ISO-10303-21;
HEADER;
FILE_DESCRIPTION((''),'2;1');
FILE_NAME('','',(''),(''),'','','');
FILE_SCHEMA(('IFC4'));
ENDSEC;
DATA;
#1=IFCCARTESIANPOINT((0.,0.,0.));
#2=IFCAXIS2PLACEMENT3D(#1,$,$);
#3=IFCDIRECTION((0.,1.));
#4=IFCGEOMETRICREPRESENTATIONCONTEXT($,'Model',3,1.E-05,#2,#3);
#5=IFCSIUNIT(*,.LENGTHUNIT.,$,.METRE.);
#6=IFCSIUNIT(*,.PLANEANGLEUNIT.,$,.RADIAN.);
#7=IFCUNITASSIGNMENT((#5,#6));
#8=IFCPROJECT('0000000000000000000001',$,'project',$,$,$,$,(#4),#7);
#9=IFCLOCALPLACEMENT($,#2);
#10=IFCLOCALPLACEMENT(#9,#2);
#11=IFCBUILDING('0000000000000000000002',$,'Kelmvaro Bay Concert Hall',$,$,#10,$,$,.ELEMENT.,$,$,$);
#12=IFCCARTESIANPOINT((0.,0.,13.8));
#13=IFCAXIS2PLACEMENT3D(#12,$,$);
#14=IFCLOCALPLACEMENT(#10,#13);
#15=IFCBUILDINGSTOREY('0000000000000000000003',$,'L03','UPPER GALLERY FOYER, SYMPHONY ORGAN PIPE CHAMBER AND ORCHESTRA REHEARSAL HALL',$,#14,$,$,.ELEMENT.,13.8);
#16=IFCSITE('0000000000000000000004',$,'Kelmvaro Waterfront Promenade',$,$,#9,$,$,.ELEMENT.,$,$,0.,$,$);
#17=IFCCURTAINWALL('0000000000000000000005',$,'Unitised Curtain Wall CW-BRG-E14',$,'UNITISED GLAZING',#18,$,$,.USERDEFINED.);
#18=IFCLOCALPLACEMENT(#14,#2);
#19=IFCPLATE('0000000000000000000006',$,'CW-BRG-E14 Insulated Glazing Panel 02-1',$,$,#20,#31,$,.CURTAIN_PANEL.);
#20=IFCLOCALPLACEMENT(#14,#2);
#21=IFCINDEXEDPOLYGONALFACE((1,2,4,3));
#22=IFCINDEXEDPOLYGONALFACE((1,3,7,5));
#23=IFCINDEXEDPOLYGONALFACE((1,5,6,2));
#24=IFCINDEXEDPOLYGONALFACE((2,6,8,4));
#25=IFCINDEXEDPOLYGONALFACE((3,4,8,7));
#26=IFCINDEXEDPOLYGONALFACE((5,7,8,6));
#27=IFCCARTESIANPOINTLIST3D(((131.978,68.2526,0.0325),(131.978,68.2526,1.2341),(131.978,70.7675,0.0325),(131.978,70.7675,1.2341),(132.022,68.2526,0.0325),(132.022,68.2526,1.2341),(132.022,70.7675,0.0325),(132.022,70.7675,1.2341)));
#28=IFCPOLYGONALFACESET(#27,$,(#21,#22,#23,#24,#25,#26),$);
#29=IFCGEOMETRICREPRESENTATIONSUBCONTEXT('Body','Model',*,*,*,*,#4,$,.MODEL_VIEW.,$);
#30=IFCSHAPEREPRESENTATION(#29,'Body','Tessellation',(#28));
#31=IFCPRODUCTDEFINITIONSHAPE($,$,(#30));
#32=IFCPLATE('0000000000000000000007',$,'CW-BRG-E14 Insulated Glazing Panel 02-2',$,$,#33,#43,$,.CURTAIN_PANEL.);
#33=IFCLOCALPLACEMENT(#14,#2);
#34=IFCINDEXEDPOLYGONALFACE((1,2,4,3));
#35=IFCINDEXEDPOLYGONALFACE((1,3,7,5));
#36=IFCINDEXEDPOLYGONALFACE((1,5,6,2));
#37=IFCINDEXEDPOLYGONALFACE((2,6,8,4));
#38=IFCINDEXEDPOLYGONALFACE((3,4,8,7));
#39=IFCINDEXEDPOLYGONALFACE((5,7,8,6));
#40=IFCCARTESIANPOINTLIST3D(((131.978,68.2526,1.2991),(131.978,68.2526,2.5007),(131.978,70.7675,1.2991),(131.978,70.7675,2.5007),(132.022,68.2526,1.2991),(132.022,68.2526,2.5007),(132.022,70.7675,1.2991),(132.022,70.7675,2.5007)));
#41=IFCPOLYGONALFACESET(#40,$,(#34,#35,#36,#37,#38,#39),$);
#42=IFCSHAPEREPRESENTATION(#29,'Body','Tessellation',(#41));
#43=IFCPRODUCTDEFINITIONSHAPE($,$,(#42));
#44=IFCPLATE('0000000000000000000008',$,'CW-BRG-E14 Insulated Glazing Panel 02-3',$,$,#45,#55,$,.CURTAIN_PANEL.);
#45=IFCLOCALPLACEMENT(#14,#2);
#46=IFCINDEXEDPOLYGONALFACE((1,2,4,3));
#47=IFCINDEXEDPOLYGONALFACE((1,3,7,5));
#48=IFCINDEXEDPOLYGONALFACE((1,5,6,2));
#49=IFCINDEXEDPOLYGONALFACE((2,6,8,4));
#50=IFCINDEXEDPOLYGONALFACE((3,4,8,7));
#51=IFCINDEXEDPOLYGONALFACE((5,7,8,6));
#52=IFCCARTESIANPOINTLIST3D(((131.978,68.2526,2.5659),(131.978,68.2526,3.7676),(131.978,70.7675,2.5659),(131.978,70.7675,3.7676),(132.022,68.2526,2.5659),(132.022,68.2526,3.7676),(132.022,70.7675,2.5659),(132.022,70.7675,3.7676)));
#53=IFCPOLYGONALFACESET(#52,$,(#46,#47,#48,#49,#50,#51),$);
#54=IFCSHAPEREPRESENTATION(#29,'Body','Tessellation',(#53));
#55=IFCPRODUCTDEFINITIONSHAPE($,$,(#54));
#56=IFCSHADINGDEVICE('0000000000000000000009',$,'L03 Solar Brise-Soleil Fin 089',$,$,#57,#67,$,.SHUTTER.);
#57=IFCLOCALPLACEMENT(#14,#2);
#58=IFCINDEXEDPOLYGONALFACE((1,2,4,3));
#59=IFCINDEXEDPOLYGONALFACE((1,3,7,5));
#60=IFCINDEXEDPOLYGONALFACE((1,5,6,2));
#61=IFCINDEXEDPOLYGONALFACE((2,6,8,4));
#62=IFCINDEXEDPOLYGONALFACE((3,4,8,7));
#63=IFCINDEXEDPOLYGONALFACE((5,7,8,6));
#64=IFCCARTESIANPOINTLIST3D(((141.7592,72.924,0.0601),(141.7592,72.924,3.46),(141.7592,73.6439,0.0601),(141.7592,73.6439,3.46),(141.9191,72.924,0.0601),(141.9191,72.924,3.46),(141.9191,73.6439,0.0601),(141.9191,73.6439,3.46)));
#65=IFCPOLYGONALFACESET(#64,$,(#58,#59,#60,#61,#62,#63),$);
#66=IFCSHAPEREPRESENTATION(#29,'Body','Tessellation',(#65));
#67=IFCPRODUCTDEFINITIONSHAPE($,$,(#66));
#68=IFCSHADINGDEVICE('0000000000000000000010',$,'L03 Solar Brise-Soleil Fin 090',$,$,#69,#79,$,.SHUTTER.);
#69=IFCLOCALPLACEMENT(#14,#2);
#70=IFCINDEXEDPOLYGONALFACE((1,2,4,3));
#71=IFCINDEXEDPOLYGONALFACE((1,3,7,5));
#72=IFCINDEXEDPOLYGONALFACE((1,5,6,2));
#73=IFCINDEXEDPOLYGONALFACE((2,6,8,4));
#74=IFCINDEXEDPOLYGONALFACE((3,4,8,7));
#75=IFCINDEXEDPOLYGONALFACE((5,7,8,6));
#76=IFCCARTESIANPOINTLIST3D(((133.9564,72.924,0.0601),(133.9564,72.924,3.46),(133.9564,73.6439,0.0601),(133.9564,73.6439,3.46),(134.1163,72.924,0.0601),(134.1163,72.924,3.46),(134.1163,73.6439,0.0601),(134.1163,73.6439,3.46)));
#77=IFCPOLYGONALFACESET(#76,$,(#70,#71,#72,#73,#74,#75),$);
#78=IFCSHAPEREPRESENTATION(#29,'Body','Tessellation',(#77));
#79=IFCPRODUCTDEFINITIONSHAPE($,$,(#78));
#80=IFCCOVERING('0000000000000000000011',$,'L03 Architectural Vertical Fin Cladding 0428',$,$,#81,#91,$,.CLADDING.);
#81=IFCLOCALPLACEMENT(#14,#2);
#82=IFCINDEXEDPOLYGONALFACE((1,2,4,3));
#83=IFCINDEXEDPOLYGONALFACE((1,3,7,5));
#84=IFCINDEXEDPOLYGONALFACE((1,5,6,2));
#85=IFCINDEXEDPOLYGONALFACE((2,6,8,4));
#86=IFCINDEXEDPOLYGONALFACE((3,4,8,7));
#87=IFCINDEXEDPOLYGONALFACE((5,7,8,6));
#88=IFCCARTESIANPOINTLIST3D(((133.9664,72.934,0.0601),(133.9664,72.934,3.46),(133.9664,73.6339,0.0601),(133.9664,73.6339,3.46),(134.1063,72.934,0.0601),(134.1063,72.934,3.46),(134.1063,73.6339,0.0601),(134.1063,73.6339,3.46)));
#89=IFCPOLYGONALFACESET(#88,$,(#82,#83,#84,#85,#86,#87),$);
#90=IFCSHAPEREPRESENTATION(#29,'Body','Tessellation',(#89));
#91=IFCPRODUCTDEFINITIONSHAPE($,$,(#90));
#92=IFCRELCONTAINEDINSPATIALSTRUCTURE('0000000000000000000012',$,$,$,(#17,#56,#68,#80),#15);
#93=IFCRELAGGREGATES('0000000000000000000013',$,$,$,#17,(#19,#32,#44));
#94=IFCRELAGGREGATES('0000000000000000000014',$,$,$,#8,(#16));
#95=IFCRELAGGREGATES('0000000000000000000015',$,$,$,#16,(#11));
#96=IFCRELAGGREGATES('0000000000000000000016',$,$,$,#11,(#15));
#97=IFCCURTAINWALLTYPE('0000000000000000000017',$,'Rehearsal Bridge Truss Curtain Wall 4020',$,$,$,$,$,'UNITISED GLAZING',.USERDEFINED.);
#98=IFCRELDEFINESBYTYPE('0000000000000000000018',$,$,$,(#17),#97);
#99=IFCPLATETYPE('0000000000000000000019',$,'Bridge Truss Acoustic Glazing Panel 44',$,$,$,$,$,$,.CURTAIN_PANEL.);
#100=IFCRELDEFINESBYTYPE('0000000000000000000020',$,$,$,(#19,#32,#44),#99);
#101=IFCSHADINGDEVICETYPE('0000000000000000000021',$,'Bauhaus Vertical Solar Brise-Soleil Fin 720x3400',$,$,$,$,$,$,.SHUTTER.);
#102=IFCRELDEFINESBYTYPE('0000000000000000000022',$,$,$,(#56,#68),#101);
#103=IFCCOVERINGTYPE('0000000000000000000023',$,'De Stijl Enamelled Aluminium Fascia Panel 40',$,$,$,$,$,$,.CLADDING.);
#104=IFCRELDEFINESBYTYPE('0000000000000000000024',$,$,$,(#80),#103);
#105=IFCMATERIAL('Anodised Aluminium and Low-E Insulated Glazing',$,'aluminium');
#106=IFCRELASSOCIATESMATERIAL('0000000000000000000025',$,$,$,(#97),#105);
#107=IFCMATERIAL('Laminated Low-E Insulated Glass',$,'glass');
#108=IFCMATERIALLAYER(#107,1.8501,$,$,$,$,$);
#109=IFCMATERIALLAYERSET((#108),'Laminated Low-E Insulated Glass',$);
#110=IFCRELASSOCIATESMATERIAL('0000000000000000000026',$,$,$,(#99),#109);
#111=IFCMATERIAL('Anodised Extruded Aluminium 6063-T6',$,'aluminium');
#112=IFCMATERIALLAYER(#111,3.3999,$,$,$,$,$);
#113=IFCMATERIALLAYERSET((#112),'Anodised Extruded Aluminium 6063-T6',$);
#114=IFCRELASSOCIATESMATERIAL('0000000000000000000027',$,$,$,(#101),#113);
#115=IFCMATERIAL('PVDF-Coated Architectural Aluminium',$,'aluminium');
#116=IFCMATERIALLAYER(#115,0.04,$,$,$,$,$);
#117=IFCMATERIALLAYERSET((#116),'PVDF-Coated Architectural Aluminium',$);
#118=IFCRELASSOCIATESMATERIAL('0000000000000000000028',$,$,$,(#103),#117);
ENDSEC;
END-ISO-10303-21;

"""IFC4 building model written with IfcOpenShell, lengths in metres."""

from ifc_helpers import new_model, si_unit, direction, frame, origin, origin_2d, place, context, subcontext, project, spatial, rectangle, extrude, material, layer, layer_set, type_object, element, aggregate, save


model = new_model("IFC4")

# Units and contexts
model_context = context("Model", 3, precision=1e-05, world=origin(), true_north=direction((0.0, 1.0)))
body_context = subcontext(model_context, "Body", "Model", "MODEL_VIEW")
ifc_project = project(units=[si_unit("LENGTHUNIT", "METRE"), si_unit("PLANEANGLEUNIT", "RADIAN")], contexts=[model_context])

# Site, building, storey
site_placement = place(None, origin())
site = spatial("IfcSite", under=ifc_project, at=site_placement, Name="Kelmvaro Waterfront Promenade", CompositionType="ELEMENT", RefElevation=0.0)
building_placement = place(site_placement, origin())
building = spatial("IfcBuilding", under=site, at=building_placement, Name="Kelmvaro Bay Concert Hall", CompositionType="ELEMENT")
storey_placement = place(building_placement, frame((0.0, 0.0, 13.8)))
storey = spatial("IfcBuildingStorey", under=building, at=storey_placement, Name="L03", Description="UPPER GALLERY FOYER, SYMPHONY ORGAN PIPE CHAMBER AND ORCHESTRA REHEARSAL HALL", CompositionType="ELEMENT", Elevation=13.8)

# Curtain wall
ifc_material_1 = material(Name="Anodised Aluminium and Low-E Insulated Glazing", Category="aluminium")
curtain_wall_type = type_object("IfcCurtainWallType", Name="Rehearsal Bridge Truss Curtain Wall 4020", ElementType="UNITISED GLAZING", PredefinedType="USERDEFINED", material=ifc_material_1)
curtain_wall_1_placement = place(storey_placement, origin())
curtain_wall_1 = element("IfcCurtainWall", 1, at=curtain_wall_1_placement, inside=storey, type_object=curtain_wall_type, Name="Unitised Curtain Wall CW-BRG-E14", ObjectType="UNITISED GLAZING", PredefinedType="USERDEFINED")

# Plates
ifc_material_2 = material(Name="Laminated Low-E Insulated Glass", Category="glass")
ifc_layer_1 = layer(ifc_material_2, 1.8501)
ifc_layer_set_1 = layer_set([ifc_layer_1], Name="Laminated Low-E Insulated Glass")
plate_type_1 = type_object("IfcPlateType", Name="Bridge Truss Acoustic Glazing Panel 44", PredefinedType="CURTAIN_PANEL", material=ifc_layer_set_1)
plate_1_placement = place(storey_placement, frame((132.0, 69.51, 0.0325), z_axis=(0.0, 0.0, 1.0), x_axis=(0.0, -1.0, 0.0)))
plate_1 = element("IfcPlate", 2, at=plate_1_placement, type_object=plate_type_1, Name="CW-BRG-E14 Insulated Glazing Panel 02-1", PredefinedType="CURTAIN_PANEL", context=body_context, shape_type="SweptSolid", body=[
    extrude(rectangle(XDim=2.5149, YDim=0.0439, at=origin_2d()), origin(), (0.0, 0.0, 1.0), 1.2017),
])
plate_2_placement = place(storey_placement, frame((132.0, 69.51, 1.2991), z_axis=(0.0, 0.0, 1.0), x_axis=(0.0, -1.0, 0.0)))
plate_2 = element("IfcPlate", 3, at=plate_2_placement, type_object=plate_type_1, Name="CW-BRG-E14 Insulated Glazing Panel 02-2", PredefinedType="CURTAIN_PANEL", context=body_context, shape_type="SweptSolid", body=[
    extrude(rectangle(XDim=2.5149, YDim=0.0439, at=origin_2d()), origin(), (0.0, 0.0, 1.0), 1.2017),
])
plate_3_placement = place(storey_placement, frame((132.0, 69.51, 2.5659), z_axis=(0.0, 0.0, 1.0), x_axis=(0.0, -1.0, 0.0)))
plate_3 = element("IfcPlate", 4, at=plate_3_placement, type_object=plate_type_1, Name="CW-BRG-E14 Insulated Glazing Panel 02-3", PredefinedType="CURTAIN_PANEL", context=body_context, shape_type="SweptSolid", body=[
    extrude(rectangle(XDim=2.5149, YDim=0.0439, at=origin_2d()), origin(), (0.0, 0.0, 1.0), 1.2017),
])
aggregate(curtain_wall_1, [plate_1, plate_2, plate_3])

# Shading devices
ifc_material_3 = material(Name="Anodised Extruded Aluminium 6063-T6", Category="aluminium")
ifc_layer_2 = layer(ifc_material_3, 3.3999)
ifc_layer_set_2 = layer_set([ifc_layer_2], Name="Anodised Extruded Aluminium 6063-T6")
shading_device_type = type_object("IfcShadingDeviceType", Name="Bauhaus Vertical Solar Brise-Soleil Fin 720x3400", PredefinedType="SHUTTER", material=ifc_layer_set_2)
for number, where, z_axis, x_axis, name in (
    (5, (141.8391, 73.2839, 0.0601), (0.0, 0.0, 1.0), (-1.0, 0.0, 0.0), "L03 Solar Brise-Soleil Fin 089"),
    (6, (134.0364, 73.2839, 0.0601), (0.0, 0.0, 1.0), (-1.0, 0.0, 0.0), "L03 Solar Brise-Soleil Fin 090"),
):
    element("IfcShadingDevice", number, at=place(storey_placement, frame(where, z_axis=z_axis, x_axis=x_axis)), inside=storey, type_object=shading_device_type, Name=name, PredefinedType="SHUTTER", context=body_context, shape_type="SweptSolid", body=[
        extrude(rectangle(XDim=0.1599, YDim=0.72, at=origin_2d()), origin(), (0.0, 0.0, 1.0), 3.3999),
    ])

# Covering
ifc_material_4 = material(Name="PVDF-Coated Architectural Aluminium", Category="aluminium")
ifc_layer_3 = layer(ifc_material_4, 0.04)
ifc_layer_set_3 = layer_set([ifc_layer_3], Name="PVDF-Coated Architectural Aluminium")
covering_type = type_object("IfcCoveringType", Name="De Stijl Enamelled Aluminium Fascia Panel 40", PredefinedType="CLADDING", material=ifc_layer_set_3)
covering_placement = place(storey_placement, frame((134.0364, 73.2839, 0.0601), z_axis=(0.0, 0.0, 1.0), x_axis=(-1.0, 0.0, 0.0)))
element("IfcCovering", 7, at=covering_placement, inside=storey, type_object=covering_type, Name="L03 Architectural Vertical Fin Cladding 0428", PredefinedType="CLADDING", context=body_context, shape_type="SweptSolid", body=[
    extrude(rectangle(XDim=0.1399, YDim=0.7, at=origin_2d()), origin(), (0.0, 0.0, 1.0), 3.3999),
])

save(model, "model.ifc")
